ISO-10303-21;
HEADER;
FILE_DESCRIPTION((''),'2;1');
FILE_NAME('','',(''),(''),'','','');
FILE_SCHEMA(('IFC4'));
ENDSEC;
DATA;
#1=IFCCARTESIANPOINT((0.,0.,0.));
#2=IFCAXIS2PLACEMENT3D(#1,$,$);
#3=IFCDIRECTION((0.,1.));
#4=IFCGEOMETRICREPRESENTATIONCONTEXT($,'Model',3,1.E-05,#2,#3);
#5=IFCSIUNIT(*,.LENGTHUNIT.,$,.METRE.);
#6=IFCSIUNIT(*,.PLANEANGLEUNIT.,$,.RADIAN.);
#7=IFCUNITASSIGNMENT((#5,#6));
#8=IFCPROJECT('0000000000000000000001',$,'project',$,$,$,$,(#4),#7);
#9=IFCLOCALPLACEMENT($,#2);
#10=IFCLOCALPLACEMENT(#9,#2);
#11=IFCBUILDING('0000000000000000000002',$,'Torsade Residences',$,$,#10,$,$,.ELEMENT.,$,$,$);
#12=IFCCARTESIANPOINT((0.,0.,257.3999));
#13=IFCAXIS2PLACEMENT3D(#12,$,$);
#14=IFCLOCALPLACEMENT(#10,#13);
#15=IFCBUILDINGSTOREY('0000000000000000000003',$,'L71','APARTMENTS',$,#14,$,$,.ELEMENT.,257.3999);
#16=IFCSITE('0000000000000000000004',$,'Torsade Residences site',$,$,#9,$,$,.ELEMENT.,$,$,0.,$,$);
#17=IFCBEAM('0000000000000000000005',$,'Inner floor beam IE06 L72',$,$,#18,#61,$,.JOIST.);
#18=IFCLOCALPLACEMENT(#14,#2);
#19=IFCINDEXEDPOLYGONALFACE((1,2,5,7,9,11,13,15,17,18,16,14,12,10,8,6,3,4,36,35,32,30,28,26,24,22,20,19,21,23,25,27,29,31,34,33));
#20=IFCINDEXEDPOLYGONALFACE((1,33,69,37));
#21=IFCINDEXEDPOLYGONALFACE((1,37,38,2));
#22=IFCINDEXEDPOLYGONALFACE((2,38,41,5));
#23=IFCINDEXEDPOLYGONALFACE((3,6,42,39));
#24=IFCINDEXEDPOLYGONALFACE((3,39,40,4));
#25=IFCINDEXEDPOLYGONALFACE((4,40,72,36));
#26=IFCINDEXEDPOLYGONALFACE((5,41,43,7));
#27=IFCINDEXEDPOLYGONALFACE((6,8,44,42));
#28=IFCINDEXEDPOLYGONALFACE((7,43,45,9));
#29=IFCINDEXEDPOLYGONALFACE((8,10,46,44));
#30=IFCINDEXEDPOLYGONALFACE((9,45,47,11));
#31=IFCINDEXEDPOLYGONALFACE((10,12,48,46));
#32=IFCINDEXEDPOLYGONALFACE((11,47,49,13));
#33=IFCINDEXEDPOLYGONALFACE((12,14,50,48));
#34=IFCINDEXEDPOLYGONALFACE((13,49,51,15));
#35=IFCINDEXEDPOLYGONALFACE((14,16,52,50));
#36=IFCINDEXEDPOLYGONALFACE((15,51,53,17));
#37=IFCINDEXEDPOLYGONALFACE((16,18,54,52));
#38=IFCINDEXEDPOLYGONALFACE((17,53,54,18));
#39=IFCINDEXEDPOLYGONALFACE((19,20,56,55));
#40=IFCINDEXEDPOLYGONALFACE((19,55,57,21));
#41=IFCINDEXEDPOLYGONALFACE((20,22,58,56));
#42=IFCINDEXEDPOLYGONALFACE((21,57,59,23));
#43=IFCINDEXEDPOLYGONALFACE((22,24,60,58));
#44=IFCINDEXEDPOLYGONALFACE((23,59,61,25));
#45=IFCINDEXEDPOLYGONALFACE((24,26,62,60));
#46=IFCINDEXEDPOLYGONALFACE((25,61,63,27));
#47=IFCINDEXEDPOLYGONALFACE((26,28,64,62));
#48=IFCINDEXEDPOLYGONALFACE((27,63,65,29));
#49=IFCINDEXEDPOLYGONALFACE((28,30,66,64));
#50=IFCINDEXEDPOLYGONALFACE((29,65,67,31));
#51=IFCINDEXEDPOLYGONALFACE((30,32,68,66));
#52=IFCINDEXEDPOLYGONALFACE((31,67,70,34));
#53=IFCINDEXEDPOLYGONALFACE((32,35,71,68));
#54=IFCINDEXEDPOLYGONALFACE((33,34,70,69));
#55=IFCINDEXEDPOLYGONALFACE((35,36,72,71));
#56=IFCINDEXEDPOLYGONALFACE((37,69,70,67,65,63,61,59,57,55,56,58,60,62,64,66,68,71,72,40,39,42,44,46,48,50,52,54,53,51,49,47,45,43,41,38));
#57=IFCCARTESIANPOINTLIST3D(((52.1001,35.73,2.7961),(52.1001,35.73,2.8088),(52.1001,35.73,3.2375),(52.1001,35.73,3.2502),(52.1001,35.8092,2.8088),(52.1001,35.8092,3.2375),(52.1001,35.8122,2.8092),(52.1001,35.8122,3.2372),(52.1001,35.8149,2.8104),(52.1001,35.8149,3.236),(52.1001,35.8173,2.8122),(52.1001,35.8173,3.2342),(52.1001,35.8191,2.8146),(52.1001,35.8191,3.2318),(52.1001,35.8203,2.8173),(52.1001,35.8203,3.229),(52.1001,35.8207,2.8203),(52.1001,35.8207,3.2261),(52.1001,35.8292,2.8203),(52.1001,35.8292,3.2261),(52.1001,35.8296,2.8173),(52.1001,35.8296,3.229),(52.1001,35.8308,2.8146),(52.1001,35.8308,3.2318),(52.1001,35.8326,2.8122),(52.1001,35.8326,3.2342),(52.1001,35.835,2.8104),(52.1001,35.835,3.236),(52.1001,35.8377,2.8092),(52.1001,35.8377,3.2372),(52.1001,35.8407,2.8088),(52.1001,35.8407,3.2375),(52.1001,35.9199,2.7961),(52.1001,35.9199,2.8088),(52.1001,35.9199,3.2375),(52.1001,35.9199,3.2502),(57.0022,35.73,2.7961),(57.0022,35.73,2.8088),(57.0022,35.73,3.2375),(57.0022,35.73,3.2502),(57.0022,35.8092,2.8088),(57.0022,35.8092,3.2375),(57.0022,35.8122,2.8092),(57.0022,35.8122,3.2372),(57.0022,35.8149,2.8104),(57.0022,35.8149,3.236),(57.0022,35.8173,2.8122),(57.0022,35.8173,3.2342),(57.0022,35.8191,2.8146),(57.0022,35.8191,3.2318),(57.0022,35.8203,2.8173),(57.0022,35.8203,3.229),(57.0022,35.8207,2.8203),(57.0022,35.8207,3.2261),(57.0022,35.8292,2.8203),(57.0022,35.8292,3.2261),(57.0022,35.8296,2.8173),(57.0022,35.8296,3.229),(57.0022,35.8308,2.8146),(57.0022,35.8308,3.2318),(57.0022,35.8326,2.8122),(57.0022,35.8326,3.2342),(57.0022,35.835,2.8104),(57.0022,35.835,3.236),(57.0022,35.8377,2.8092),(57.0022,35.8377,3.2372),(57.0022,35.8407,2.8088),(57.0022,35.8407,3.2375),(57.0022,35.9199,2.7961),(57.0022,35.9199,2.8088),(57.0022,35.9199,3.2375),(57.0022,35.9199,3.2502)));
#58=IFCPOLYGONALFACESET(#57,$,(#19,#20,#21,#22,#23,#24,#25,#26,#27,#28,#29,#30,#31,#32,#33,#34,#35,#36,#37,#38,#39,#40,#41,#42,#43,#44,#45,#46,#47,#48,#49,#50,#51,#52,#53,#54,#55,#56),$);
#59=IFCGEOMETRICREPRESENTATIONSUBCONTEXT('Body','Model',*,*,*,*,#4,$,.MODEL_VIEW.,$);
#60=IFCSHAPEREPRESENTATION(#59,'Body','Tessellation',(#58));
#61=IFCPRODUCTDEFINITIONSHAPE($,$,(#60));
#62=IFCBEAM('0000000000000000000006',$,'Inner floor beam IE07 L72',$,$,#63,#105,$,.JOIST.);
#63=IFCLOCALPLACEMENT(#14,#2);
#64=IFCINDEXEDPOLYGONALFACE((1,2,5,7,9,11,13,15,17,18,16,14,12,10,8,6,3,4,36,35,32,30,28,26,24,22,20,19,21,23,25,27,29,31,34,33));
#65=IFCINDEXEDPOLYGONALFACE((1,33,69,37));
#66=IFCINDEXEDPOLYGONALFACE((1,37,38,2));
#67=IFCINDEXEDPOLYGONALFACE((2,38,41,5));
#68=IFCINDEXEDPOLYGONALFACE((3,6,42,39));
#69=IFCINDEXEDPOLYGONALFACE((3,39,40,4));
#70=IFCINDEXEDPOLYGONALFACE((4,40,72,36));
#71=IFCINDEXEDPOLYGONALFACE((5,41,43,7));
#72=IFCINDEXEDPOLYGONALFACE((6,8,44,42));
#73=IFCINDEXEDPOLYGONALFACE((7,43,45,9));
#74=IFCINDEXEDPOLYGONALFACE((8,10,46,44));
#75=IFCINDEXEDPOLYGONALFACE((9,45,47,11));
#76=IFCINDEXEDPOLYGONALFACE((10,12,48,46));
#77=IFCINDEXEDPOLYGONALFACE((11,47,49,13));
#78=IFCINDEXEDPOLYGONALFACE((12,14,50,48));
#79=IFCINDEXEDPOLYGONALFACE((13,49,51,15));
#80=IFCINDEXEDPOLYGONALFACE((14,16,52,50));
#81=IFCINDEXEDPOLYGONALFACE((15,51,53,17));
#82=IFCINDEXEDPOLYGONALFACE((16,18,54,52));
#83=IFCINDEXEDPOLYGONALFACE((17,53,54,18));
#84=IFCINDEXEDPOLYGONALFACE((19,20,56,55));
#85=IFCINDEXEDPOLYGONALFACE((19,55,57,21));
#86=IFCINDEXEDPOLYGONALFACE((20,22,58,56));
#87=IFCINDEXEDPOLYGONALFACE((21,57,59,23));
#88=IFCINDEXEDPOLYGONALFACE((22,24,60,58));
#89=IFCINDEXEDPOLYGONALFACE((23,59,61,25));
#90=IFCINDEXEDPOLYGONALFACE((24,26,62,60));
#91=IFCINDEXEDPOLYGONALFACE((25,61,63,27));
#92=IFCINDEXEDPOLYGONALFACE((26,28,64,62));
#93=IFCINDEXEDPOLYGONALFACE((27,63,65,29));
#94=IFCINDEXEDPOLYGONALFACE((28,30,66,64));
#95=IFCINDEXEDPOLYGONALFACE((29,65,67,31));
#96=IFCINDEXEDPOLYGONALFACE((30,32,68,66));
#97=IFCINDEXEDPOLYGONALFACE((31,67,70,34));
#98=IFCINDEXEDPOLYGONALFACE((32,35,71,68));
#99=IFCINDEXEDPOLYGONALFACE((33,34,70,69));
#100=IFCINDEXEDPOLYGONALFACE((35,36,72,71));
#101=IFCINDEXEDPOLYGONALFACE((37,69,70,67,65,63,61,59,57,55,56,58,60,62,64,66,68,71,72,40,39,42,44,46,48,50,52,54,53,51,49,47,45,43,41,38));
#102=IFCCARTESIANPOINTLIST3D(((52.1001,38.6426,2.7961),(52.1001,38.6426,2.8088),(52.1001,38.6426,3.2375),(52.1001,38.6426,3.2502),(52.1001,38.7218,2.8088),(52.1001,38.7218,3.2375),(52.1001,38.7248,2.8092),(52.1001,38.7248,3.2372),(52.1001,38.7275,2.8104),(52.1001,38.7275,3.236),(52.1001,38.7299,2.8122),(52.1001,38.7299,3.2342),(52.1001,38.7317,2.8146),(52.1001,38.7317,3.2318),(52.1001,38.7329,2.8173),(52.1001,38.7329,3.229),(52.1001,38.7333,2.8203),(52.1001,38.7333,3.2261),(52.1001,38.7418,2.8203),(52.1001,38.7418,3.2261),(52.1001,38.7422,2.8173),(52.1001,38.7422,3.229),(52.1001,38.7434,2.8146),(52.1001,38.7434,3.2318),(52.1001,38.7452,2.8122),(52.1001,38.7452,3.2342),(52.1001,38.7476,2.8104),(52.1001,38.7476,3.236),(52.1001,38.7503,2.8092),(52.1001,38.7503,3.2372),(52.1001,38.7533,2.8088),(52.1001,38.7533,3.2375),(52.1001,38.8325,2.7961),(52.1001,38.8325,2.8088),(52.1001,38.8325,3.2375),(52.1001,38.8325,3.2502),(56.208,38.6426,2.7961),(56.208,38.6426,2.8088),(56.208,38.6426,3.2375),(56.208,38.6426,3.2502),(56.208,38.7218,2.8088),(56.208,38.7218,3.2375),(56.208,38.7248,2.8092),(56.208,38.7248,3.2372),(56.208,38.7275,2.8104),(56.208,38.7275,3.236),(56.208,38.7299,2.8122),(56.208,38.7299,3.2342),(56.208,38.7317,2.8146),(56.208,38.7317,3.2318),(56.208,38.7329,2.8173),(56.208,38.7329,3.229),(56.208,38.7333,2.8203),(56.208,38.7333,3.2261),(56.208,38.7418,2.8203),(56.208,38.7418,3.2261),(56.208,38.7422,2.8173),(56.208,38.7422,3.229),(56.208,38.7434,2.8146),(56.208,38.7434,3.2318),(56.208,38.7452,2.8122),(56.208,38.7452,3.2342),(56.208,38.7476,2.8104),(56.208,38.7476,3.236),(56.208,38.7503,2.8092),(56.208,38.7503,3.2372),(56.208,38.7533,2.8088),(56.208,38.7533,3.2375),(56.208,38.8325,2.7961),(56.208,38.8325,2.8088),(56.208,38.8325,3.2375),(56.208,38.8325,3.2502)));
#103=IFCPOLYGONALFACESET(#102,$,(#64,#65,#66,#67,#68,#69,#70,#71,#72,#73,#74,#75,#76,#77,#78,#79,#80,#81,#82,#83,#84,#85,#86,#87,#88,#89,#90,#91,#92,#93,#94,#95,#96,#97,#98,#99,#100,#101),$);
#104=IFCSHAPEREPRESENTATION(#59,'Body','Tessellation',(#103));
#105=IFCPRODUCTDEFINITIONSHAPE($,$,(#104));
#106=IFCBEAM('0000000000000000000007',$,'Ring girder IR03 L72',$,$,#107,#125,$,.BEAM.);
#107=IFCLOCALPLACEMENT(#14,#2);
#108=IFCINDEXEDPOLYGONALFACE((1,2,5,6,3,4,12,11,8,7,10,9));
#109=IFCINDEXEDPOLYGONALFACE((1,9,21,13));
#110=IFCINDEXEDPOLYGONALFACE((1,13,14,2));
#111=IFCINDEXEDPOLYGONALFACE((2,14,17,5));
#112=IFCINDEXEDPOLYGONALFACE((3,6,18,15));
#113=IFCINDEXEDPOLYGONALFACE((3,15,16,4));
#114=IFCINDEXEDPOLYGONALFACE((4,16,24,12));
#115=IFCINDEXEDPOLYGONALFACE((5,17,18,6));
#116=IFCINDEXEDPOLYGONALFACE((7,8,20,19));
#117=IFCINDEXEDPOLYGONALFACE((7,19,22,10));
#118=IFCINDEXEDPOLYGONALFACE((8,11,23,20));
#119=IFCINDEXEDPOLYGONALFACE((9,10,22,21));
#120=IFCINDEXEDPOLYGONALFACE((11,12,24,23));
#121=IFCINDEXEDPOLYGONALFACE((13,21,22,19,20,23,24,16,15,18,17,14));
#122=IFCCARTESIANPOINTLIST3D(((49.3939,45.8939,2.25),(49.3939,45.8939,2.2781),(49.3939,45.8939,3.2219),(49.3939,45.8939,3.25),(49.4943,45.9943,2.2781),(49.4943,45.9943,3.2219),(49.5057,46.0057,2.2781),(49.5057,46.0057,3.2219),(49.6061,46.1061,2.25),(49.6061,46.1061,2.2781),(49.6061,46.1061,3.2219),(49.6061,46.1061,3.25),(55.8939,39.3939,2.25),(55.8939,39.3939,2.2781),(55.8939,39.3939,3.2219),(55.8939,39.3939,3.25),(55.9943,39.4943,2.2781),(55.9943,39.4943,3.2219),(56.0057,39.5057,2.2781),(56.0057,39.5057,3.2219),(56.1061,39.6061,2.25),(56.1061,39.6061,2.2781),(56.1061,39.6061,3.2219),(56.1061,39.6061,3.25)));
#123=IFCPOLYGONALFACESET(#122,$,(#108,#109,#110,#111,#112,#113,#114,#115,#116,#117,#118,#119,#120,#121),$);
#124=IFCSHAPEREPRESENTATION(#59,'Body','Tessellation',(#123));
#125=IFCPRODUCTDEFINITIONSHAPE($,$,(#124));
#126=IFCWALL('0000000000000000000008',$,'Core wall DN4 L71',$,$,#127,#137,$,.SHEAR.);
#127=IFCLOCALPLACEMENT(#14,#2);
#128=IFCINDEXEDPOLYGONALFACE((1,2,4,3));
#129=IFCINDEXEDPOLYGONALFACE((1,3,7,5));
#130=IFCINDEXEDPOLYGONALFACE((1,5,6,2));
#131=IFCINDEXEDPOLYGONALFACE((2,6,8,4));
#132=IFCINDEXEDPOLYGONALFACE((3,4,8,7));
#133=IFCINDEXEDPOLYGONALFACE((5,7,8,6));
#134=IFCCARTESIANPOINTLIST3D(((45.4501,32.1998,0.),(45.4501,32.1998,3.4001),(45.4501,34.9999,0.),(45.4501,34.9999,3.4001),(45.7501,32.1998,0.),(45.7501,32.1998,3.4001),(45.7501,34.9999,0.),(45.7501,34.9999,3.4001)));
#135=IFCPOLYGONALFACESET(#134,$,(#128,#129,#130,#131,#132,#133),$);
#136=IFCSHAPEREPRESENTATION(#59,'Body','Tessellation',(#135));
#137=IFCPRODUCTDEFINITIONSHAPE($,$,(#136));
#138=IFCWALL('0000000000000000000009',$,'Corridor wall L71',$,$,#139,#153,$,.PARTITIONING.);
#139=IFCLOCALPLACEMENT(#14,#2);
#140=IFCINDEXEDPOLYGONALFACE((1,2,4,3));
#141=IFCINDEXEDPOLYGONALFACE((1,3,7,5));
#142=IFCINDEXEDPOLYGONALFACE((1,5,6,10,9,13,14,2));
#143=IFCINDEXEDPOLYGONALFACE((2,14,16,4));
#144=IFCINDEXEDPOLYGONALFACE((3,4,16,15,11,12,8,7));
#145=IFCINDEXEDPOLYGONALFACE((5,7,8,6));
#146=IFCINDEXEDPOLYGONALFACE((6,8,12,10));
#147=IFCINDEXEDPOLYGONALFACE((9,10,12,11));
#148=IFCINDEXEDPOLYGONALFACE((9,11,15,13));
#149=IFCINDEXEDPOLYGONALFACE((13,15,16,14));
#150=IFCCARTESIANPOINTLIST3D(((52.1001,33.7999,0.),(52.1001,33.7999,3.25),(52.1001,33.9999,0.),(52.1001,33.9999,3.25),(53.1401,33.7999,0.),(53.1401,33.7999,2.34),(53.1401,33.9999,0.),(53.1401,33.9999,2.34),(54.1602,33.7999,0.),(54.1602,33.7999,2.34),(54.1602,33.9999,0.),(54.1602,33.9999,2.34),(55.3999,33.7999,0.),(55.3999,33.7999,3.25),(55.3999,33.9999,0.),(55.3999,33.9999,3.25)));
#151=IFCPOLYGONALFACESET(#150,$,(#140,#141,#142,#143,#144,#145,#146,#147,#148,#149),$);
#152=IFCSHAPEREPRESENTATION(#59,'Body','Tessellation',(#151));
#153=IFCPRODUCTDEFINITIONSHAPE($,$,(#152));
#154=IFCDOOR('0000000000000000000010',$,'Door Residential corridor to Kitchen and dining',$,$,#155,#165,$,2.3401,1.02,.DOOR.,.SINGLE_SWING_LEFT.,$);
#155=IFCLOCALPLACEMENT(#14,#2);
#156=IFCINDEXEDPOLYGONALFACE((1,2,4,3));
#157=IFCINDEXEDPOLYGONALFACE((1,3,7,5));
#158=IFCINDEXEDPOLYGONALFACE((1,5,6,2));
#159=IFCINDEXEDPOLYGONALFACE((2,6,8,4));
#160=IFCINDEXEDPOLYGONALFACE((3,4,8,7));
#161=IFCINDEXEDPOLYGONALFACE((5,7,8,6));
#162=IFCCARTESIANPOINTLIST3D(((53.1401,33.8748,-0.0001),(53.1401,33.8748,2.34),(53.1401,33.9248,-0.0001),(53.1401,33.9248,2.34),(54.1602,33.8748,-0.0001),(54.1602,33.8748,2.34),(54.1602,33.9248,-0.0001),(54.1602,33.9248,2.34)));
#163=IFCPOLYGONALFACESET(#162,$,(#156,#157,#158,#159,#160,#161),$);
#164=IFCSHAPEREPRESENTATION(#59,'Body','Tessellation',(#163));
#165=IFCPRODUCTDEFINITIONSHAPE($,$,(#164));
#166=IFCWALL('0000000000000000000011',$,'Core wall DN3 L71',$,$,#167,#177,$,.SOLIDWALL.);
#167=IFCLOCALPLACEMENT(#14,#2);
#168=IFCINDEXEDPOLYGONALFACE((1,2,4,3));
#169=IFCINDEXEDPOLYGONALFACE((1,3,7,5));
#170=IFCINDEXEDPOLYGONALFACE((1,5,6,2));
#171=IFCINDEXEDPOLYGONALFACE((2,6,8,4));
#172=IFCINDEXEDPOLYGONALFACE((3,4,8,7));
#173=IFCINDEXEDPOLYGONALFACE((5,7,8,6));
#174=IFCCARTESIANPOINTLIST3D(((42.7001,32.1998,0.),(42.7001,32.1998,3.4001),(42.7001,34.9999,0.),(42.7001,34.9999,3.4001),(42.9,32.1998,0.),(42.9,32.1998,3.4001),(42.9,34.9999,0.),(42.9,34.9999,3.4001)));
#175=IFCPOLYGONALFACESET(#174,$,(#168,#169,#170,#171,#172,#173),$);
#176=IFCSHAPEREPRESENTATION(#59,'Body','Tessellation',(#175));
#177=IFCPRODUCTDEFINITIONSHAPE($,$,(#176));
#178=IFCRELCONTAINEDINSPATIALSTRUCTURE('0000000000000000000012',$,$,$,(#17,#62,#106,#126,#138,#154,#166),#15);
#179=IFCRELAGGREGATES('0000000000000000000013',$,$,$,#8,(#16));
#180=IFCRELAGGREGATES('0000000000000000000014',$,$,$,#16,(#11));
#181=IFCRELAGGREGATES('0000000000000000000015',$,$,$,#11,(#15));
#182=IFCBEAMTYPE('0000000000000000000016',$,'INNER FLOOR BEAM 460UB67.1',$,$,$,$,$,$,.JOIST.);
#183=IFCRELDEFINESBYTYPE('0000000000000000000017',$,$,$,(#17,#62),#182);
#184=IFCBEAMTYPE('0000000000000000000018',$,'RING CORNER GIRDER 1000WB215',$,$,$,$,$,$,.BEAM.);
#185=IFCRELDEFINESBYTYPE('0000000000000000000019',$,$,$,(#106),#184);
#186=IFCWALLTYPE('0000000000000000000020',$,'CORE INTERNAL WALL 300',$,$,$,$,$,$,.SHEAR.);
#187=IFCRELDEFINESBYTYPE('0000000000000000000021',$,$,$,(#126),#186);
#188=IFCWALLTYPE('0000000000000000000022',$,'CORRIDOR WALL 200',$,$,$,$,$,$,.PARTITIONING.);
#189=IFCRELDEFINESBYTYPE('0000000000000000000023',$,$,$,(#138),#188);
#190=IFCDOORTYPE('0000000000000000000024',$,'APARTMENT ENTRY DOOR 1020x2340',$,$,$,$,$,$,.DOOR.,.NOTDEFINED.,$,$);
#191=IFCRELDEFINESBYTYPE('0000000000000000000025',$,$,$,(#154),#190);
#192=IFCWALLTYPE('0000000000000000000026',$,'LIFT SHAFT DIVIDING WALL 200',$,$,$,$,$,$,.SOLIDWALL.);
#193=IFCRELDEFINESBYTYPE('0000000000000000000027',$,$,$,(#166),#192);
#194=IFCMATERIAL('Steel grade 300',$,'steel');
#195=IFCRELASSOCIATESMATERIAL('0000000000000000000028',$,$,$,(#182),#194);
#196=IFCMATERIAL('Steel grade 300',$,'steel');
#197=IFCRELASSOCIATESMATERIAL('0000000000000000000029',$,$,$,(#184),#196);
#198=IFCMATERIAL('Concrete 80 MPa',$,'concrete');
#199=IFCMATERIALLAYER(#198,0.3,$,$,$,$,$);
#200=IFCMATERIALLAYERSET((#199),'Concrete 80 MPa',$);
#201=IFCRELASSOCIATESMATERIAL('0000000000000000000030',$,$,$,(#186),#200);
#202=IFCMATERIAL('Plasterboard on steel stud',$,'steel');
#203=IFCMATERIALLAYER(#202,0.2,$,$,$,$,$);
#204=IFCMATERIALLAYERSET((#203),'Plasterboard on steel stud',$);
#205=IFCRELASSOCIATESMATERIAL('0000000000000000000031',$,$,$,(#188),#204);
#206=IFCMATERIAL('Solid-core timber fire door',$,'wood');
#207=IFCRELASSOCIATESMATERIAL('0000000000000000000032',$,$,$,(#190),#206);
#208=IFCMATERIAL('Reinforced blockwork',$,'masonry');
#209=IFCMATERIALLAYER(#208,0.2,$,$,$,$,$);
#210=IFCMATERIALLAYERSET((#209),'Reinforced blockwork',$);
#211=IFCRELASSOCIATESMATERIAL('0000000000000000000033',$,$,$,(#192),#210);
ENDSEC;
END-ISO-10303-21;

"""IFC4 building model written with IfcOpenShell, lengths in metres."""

from ifc_helpers import new_model, si_unit, direction, frame, frame_2d, origin, origin_2d, place, context, subcontext, project, spatial, rectangle, i_section, extrude, material, layer, layer_set, material_profile, profile_set, type_object, element, fill, save


model = new_model("IFC4")

# Units and contexts
model_context = context("Model", 3, precision=1e-05, world=origin(), true_north=direction((0.0, 1.0)))
body_context = subcontext(model_context, "Body", "Model", "MODEL_VIEW")
ifc_project = project(units=[si_unit("LENGTHUNIT", "METRE"), si_unit("PLANEANGLEUNIT", "RADIAN")], contexts=[model_context])

# Site, building, storey
site_placement = place(None, origin())
site = spatial("IfcSite", under=ifc_project, at=site_placement, Name="Torsade Residences site", CompositionType="ELEMENT", RefElevation=0.0)
building_placement = place(site_placement, origin())
building = spatial("IfcBuilding", under=site, at=building_placement, Name="Torsade Residences", CompositionType="ELEMENT")
storey_placement = place(building_placement, frame((0.0, 0.0, 257.3999)))
storey = spatial("IfcBuildingStorey", under=building, at=storey_placement, Name="L71", Description="APARTMENTS", CompositionType="ELEMENT", Elevation=257.3999)

# Beams
ifc_material_1 = material(Name="Steel grade 300", Category="steel")
ifc_material_profile_1 = material_profile(ifc_material_1, i_section(OverallWidth=0.1899, OverallDepth=0.4541, WebThickness=0.0085, FlangeThickness=0.0127, FilletRadius=0.0115, at=origin_2d()), Name="460UB67.1")
ifc_profile_set_1 = profile_set([ifc_material_profile_1], Name="Steel grade 300")
beam_type_1 = type_object("IfcBeamType", Name="INNER FLOOR BEAM 460UB67.1", PredefinedType="JOIST", material=ifc_profile_set_1)
beam_1_placement = place(storey_placement, frame((52.1001, 35.825, 3.0232), z_axis=(1.0, 0.0, 0.0), x_axis=(0.0, 1.0, 0.0)))
element("IfcBeam", 1, at=beam_1_placement, inside=storey, type_object=beam_type_1, Name="Inner floor beam IE06 L72", PredefinedType="JOIST", context=body_context, shape_type="SweptSolid", body=[
    extrude(i_section(OverallWidth=0.1899, OverallDepth=0.4541, WebThickness=0.0085, FlangeThickness=0.0127, FilletRadius=0.0115, at=origin_2d()), origin(), (0.0, 0.0, 1.0), 4.9021),
])
beam_2_placement = place(storey_placement, frame((52.1001, 38.7375, 3.0232), z_axis=(1.0, 0.0, 0.0), x_axis=(0.0, 1.0, 0.0)))
element("IfcBeam", 2, at=beam_2_placement, inside=storey, type_object=beam_type_1, Name="Inner floor beam IE07 L72", PredefinedType="JOIST", context=body_context, shape_type="SweptSolid", body=[
    extrude(i_section(OverallWidth=0.1899, OverallDepth=0.4541, WebThickness=0.0085, FlangeThickness=0.0127, FilletRadius=0.0115, at=origin_2d()), origin(), (0.0, 0.0, 1.0), 4.1079),
])
ifc_material_2 = material(Name="Steel grade 300", Category="steel")
ifc_material_profile_2 = material_profile(ifc_material_2, i_section(OverallWidth=0.3, OverallDepth=1.0, WebThickness=0.0161, FlangeThickness=0.0281, at=origin_2d()), Name="1000WB215")
ifc_profile_set_2 = profile_set([ifc_material_profile_2], Name="Steel grade 300")
beam_type_2 = type_object("IfcBeamType", Name="RING CORNER GIRDER 1000WB215", PredefinedType="BEAM", material=ifc_profile_set_2)
beam_3_placement = place(storey_placement, frame((56.0, 39.5, 2.75), z_axis=(-0.707107, 0.707107, 0.0), x_axis=(-0.707107, -0.707107, 0.0)))
element("IfcBeam", 3, at=beam_3_placement, inside=storey, type_object=beam_type_2, Name="Ring girder IR03 L72", PredefinedType="BEAM", context=body_context, shape_type="SweptSolid", body=[
    extrude(i_section(OverallWidth=0.3, OverallDepth=1.0, WebThickness=0.0161, FlangeThickness=0.0281, at=origin_2d()), origin(), (0.0, 0.0, 1.0), 9.1924),
])

# Wall
ifc_material_3 = material(Name="Concrete 80 MPa", Category="concrete")
ifc_layer_1 = layer(ifc_material_3, 0.3)
ifc_layer_set_1 = layer_set([ifc_layer_1], Name="Concrete 80 MPa")
wall_type_1 = type_object("IfcWallType", Name="CORE INTERNAL WALL 300", PredefinedType="SHEAR", material=ifc_layer_set_1)
wall_1_placement = place(storey_placement, frame((45.6001, 32.2, 0.0), z_axis=(0.0, 0.0, 1.0), x_axis=(0.0, 1.0, 0.0)))
element("IfcWall", 4, at=wall_1_placement, inside=storey, type_object=wall_type_1, Name="Core wall DN4 L71", PredefinedType="SHEAR", context=body_context, shape_type="SweptSolid", body=[
    extrude(rectangle(XDim=2.8, YDim=0.3, at=frame_2d((1.3999, 0.0))), origin(), (0.0, 0.0, 1.0), 3.4001),
])

# Wall, opening, door
ifc_material_4 = material(Name="Plasterboard on steel stud", Category="steel")
ifc_layer_2 = layer(ifc_material_4, 0.2)
ifc_layer_set_2 = layer_set([ifc_layer_2], Name="Plasterboard on steel stud")
wall_type_2 = type_object("IfcWallType", Name="CORRIDOR WALL 200", PredefinedType="PARTITIONING", material=ifc_layer_set_2)
wall_2_placement = place(storey_placement, frame((52.1001, 33.8999, 0.0), z_axis=(0.0, 0.0, 1.0), x_axis=(1.0, 0.0, 0.0)))
wall_2 = element("IfcWall", 5, at=wall_2_placement, inside=storey, type_object=wall_type_2, Name="Corridor wall L71", PredefinedType="PARTITIONING", context=body_context, shape_type="SweptSolid", body=[
    extrude(rectangle(XDim=3.2998, YDim=0.2, at=frame_2d((1.6499, 0.0))), origin(), (0.0, 0.0, 1.0), 3.25),
])
opening_1_placement = place(wall_2_placement, frame((1.04, 0.0, 0.0)))
opening_1 = element("IfcOpeningElement", 6, at=opening_1_placement, cuts=wall_2, PredefinedType="OPENING", context=body_context, shape_type="SweptSolid", body=[
    extrude(rectangle(XDim=1.02, YDim=2.3401, at=frame_2d((0.51, 1.1699))), frame((0.0, 0.1099, 0.0), z_axis=(0.0, -1.0, 0.0), x_axis=(1.0, 0.0, 0.0)), (0.0, 0.0, 1.0), 0.22),
])
ifc_material_5 = material(Name="Solid-core timber fire door", Category="wood")
door_type_1 = type_object("IfcDoorType", Name="APARTMENT ENTRY DOOR 1020x2340", OperationType="NOTDEFINED", PredefinedType="DOOR", material=ifc_material_5)
door_1_placement = place(opening_1_placement, origin())
door_1 = element("IfcDoor", 7, at=door_1_placement, inside=storey, type_object=door_type_1, Name="Door Residential corridor to Kitchen and dining", OperationType="SINGLE_SWING_LEFT", OverallHeight=2.3401, OverallWidth=1.02, PredefinedType="DOOR", context=body_context, shape_type="SweptSolid", body=[
    extrude(rectangle(XDim=1.02, YDim=2.3401, at=frame_2d((0.51, 1.1699))), frame((0.0, 0.0249, 0.0), z_axis=(0.0, -1.0, 0.0), x_axis=(1.0, 0.0, 0.0)), (0.0, 0.0, 1.0), 0.05),
])
fill(opening_1, door_1)

# Wall
ifc_material_6 = material(Name="Reinforced blockwork", Category="masonry")
ifc_layer_3 = layer(ifc_material_6, 0.2)
ifc_layer_set_3 = layer_set([ifc_layer_3], Name="Reinforced blockwork")
wall_type_3 = type_object("IfcWallType", Name="LIFT SHAFT DIVIDING WALL 200", PredefinedType="SOLIDWALL", material=ifc_layer_set_3)
wall_3_placement = place(storey_placement, frame((42.8, 32.2, 0.0), z_axis=(0.0, 0.0, 1.0), x_axis=(0.0, 1.0, 0.0)))
element("IfcWall", 8, at=wall_3_placement, inside=storey, type_object=wall_type_3, Name="Core wall DN3 L71", PredefinedType="SOLIDWALL", context=body_context, shape_type="SweptSolid", body=[
    extrude(rectangle(XDim=2.8, YDim=0.2, at=frame_2d((1.3999, 0.0))), origin(), (0.0, 0.0, 1.0), 3.4001),
])

save(model, "model.ifc")
